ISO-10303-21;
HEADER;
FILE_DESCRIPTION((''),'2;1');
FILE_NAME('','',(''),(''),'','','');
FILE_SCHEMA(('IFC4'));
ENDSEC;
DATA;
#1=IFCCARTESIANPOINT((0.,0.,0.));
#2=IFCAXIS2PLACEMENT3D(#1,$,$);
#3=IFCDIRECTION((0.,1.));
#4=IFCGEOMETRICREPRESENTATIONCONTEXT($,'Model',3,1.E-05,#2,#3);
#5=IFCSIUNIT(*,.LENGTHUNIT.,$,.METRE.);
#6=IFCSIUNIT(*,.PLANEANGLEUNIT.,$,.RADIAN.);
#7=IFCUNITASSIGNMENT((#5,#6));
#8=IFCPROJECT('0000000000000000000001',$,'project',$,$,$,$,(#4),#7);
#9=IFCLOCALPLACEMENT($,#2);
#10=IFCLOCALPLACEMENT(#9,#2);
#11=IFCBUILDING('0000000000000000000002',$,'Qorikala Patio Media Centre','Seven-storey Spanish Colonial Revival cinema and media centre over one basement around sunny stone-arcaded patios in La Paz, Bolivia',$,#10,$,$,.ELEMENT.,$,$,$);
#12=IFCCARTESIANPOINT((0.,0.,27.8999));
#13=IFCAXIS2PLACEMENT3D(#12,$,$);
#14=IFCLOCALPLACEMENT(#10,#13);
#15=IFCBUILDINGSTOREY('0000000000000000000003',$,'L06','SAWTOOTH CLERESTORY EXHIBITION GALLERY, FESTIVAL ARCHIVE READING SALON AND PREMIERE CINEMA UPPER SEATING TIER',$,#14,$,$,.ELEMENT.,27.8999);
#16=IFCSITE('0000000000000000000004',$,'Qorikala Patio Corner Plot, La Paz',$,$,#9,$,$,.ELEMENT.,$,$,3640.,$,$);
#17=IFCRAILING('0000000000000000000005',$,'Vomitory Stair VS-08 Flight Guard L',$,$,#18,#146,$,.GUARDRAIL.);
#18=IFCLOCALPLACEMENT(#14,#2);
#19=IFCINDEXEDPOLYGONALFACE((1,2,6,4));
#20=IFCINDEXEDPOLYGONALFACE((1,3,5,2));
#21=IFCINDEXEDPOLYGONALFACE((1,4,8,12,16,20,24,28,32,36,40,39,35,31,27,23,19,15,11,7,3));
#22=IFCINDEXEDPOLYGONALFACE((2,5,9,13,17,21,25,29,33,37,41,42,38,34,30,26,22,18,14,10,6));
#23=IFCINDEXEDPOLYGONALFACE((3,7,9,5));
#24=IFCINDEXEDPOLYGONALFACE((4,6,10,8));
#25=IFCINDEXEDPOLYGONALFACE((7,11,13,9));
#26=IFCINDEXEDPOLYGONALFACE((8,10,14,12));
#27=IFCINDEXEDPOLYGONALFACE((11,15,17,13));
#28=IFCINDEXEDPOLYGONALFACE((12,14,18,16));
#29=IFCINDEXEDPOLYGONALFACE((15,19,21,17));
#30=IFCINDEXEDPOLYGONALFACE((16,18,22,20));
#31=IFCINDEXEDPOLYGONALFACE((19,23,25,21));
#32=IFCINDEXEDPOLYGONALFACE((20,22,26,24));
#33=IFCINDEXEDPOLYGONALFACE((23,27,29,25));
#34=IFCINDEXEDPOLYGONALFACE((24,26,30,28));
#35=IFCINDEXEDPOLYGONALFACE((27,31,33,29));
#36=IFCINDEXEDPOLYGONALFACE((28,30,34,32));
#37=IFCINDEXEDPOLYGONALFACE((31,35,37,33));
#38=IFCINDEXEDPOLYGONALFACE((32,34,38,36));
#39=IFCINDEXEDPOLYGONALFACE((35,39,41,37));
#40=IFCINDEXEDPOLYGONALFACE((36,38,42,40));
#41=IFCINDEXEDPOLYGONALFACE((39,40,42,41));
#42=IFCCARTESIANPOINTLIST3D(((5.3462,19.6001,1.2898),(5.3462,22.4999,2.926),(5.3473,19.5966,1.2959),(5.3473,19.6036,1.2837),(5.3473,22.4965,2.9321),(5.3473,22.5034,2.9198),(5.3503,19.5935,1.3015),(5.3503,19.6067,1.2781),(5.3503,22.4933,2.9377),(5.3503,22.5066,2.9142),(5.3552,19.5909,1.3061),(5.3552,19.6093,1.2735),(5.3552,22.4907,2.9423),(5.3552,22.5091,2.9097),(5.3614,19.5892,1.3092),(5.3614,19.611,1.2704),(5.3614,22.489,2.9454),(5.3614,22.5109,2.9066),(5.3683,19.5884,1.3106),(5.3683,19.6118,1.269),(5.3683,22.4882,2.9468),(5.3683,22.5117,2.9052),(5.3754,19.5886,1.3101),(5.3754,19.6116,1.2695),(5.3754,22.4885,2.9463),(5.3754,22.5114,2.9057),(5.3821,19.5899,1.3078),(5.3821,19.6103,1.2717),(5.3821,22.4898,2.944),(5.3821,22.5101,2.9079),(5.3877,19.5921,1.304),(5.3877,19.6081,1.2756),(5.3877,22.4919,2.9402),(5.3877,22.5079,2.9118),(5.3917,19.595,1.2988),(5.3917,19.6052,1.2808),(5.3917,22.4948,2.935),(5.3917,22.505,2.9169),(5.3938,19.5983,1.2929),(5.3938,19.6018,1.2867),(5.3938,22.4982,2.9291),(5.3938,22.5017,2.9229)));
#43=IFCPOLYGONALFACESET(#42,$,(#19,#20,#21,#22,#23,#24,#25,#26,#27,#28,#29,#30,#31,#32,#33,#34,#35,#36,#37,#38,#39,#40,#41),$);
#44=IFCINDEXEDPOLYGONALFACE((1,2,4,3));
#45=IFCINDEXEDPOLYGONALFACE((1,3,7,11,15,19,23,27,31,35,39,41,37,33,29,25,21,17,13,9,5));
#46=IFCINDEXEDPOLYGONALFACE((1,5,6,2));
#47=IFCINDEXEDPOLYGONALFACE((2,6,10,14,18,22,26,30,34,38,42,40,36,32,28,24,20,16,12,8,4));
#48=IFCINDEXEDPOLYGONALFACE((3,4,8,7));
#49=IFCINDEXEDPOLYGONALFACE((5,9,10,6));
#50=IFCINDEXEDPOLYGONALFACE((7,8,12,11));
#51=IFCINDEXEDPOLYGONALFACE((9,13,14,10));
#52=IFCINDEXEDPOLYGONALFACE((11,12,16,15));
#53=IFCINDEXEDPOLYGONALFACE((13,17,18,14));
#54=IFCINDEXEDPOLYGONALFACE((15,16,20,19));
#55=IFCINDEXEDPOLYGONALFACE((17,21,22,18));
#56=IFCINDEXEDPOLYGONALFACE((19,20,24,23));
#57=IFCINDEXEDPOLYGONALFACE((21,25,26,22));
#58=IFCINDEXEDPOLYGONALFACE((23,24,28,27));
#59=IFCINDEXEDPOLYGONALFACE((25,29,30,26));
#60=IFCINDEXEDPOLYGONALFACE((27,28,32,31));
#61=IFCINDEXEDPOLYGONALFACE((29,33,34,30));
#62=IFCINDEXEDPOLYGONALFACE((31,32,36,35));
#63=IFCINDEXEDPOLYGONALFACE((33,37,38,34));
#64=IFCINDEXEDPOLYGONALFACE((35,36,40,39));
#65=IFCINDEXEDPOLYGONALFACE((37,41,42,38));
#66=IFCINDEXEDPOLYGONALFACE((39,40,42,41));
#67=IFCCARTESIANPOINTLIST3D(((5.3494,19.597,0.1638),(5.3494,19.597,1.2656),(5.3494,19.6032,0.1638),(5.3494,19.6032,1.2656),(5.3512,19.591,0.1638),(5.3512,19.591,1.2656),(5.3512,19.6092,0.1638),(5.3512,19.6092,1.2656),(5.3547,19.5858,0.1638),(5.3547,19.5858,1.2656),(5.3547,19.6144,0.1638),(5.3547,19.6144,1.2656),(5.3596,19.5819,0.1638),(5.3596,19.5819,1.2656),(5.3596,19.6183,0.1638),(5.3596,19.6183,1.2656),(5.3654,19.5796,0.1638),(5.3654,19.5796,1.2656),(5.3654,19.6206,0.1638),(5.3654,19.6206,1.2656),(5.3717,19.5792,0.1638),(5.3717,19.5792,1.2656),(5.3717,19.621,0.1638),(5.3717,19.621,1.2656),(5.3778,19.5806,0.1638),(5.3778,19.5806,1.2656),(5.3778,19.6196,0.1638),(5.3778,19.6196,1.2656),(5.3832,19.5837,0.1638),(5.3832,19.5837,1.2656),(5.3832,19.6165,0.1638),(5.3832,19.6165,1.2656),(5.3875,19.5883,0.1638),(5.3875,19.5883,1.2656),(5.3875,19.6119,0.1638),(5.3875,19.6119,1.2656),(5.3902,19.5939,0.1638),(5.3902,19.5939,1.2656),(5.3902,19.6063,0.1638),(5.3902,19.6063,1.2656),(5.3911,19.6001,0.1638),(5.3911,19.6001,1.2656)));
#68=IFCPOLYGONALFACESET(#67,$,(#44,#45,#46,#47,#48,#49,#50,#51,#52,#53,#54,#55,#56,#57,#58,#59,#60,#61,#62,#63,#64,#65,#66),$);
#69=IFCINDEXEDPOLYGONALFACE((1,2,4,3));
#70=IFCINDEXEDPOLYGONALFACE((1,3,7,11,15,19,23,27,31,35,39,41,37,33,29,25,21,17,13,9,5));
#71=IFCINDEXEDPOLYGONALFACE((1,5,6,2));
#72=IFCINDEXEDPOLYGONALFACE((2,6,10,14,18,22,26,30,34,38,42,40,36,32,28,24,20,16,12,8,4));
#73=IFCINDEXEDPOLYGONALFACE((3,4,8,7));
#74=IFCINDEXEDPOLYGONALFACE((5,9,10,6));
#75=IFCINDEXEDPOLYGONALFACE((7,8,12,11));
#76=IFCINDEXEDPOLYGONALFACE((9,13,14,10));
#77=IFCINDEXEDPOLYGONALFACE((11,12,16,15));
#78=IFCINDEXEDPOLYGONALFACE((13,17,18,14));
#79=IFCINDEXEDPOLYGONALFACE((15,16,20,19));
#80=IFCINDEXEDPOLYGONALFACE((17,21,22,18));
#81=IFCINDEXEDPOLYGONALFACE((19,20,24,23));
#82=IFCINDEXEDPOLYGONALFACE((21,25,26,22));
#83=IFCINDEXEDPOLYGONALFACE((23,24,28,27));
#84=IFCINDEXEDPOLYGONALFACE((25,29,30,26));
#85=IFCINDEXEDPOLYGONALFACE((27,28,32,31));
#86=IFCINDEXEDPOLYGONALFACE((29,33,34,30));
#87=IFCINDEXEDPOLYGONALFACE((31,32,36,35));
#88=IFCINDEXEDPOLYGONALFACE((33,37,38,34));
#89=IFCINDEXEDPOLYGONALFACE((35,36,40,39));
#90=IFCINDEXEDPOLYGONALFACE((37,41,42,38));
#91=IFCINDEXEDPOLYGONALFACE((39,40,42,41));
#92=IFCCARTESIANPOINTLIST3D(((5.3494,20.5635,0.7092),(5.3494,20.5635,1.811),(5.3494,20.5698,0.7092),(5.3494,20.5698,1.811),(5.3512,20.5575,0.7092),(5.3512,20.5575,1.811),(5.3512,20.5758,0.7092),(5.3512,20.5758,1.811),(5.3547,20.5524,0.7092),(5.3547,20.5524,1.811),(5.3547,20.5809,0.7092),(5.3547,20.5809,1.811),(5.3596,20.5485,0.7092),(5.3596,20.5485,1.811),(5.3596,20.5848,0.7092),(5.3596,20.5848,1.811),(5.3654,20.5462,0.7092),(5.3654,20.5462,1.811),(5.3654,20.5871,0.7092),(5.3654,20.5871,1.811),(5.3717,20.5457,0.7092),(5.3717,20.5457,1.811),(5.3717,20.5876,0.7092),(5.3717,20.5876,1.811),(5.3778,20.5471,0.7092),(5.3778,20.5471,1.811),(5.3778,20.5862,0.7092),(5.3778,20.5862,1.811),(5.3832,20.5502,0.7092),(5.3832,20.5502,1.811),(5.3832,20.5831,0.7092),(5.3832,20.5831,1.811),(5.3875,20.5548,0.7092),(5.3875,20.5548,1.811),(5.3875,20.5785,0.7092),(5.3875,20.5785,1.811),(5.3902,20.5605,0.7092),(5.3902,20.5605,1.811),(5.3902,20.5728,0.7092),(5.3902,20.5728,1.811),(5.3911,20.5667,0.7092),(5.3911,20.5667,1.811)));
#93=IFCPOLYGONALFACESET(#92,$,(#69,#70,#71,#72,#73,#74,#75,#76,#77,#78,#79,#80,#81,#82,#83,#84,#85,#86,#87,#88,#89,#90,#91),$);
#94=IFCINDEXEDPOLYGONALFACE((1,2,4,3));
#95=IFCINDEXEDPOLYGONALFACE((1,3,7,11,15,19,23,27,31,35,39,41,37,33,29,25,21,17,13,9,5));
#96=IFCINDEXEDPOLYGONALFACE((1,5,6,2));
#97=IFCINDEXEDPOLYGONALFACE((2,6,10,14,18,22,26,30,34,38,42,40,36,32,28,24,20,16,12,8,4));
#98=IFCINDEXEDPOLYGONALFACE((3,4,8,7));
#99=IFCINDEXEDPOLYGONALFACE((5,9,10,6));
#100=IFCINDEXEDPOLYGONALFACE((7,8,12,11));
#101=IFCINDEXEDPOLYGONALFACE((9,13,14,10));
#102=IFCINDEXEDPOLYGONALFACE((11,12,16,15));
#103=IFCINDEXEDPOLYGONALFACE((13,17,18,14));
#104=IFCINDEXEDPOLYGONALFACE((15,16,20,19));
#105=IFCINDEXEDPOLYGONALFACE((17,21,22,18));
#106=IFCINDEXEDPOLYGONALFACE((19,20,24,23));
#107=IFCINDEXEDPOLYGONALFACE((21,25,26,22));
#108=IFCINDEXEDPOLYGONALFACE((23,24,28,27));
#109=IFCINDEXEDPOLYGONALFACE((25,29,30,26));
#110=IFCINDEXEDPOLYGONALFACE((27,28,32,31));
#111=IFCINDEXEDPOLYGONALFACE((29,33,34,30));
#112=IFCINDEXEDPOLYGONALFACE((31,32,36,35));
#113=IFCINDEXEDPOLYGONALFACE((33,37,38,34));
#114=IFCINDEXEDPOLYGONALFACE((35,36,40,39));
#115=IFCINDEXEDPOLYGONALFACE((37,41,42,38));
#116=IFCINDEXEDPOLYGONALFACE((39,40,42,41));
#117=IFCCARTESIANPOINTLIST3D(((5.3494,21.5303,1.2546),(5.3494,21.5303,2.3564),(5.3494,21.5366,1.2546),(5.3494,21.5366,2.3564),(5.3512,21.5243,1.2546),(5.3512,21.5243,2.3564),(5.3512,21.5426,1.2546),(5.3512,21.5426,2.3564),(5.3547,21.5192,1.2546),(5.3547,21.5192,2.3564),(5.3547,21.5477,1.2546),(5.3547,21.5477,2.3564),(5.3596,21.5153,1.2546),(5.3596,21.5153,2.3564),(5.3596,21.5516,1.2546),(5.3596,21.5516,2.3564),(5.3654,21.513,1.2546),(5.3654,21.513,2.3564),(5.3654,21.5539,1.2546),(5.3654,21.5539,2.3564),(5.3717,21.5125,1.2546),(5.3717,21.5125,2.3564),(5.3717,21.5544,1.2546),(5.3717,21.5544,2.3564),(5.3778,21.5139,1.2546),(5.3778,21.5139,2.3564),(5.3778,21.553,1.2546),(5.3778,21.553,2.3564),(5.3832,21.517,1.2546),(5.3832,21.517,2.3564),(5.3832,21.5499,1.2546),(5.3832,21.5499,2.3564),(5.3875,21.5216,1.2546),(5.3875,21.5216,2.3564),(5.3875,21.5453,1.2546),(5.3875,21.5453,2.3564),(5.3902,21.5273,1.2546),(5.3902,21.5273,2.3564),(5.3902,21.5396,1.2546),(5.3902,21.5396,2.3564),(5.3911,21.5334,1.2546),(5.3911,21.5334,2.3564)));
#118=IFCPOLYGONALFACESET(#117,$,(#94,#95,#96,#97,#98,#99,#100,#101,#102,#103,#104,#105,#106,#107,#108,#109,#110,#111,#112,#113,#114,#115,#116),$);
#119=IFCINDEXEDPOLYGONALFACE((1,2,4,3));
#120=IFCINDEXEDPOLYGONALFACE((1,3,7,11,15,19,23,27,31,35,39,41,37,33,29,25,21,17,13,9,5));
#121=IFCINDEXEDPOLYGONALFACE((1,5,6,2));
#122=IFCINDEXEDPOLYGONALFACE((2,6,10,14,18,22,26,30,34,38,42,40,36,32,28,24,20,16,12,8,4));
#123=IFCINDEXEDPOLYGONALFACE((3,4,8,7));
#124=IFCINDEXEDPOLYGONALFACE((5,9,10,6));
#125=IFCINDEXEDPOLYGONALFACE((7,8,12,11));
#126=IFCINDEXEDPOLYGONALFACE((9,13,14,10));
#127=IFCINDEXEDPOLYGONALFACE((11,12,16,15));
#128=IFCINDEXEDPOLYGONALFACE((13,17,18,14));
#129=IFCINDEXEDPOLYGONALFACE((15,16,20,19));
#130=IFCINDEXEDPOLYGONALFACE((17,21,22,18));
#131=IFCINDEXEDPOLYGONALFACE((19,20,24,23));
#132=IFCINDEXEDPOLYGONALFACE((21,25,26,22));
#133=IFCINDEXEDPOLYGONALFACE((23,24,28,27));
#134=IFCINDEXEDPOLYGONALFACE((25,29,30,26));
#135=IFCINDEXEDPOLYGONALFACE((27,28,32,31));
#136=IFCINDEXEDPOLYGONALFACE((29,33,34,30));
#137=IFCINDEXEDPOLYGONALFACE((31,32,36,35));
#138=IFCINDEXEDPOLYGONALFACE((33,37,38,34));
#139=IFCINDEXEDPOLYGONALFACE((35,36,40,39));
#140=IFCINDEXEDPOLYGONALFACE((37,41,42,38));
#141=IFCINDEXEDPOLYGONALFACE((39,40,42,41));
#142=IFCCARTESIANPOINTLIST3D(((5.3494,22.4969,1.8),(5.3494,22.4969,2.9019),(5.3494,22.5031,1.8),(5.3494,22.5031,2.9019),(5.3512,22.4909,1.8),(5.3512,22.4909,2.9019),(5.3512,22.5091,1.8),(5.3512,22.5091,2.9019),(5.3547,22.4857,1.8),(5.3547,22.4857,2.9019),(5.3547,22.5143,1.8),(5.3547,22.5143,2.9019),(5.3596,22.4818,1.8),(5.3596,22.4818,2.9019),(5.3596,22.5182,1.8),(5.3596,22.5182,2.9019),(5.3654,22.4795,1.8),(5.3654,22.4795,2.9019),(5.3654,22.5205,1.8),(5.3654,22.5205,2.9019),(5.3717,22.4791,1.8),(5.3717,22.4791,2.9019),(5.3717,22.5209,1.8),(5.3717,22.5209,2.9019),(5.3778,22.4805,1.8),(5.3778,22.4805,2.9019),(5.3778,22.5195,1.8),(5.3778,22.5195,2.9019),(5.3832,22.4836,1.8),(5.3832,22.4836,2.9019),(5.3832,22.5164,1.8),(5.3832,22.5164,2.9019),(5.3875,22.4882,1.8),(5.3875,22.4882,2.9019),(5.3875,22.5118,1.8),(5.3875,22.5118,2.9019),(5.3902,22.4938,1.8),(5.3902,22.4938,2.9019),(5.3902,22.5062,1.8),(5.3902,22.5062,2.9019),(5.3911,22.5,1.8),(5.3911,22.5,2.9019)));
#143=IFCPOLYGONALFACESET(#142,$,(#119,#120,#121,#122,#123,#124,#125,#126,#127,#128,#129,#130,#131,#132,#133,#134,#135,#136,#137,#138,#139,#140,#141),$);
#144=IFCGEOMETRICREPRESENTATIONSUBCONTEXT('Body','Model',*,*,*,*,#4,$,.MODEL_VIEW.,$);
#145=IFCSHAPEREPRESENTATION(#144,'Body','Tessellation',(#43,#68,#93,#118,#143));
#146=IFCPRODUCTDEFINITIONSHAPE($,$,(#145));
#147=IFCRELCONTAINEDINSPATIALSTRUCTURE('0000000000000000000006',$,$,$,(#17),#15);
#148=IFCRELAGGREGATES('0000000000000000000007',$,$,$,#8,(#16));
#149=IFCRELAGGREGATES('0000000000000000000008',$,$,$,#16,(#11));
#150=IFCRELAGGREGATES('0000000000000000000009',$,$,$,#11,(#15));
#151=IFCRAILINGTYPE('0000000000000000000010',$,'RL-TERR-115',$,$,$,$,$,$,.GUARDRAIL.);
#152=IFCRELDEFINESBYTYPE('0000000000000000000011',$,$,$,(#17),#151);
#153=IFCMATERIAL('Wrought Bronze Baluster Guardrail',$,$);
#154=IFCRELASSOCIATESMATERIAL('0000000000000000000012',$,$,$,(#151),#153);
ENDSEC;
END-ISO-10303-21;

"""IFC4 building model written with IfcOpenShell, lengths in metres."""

from ifc_helpers import new_model, si_unit, direction, frame, origin, origin_2d, place, context, subcontext, project, spatial, circle, extrude, material, type_object, element, save


model = new_model("IFC4")

# Units and contexts
model_context = context("Model", 3, precision=1e-05, world=origin(), true_north=direction((0.0, 1.0)))
body_context = subcontext(model_context, "Body", "Model", "MODEL_VIEW")
ifc_project = project(units=[si_unit("LENGTHUNIT", "METRE"), si_unit("PLANEANGLEUNIT", "RADIAN")], contexts=[model_context])

# Site, building, storey
site_placement = place(None, origin())
site = spatial("IfcSite", under=ifc_project, at=site_placement, Name="Qorikala Patio Corner Plot, La Paz", CompositionType="ELEMENT", RefElevation=3640.0)
building_placement = place(site_placement, origin())
building = spatial("IfcBuilding", under=site, at=building_placement, Name="Qorikala Patio Media Centre", Description="Seven-storey Spanish Colonial Revival cinema and media centre over one basement around sunny stone-arcaded patios in La Paz, Bolivia", CompositionType="ELEMENT")
storey_placement = place(building_placement, frame((0.0, 0.0, 27.8999)))
storey = spatial("IfcBuildingStorey", under=building, at=storey_placement, Name="L06", Description="SAWTOOTH CLERESTORY EXHIBITION GALLERY, FESTIVAL ARCHIVE READING SALON AND PREMIERE CINEMA UPPER SEATING TIER", CompositionType="ELEMENT", Elevation=27.8999)

# Railing
ifc_material_1 = material(Name="Wrought Bronze Baluster Guardrail")
railing_type = type_object("IfcRailingType", Name="RL-TERR-115", PredefinedType="GUARDRAIL", material=ifc_material_1)
for number, where, name in (
    (1, (5.3701, 19.6001, 0.1638), "Vomitory Stair VS-08 Flight Guard L"),
):
    element("IfcRailing", number, at=place(storey_placement, frame(where)), inside=storey, type_object=railing_type, Name=name, PredefinedType="GUARDRAIL", context=body_context, shape_type="SweptSolid", body=[
        extrude(circle(Radius=0.0239, at=origin_2d()), frame((0.0, 0.0, 1.126), z_axis=(0.0, 0.870929, 0.49141), x_axis=(-1.0, 0.0, 0.0)), (0.0, 0.0, 1.0), 3.3296),
        extrude(circle(Radius=0.021, at=origin_2d()), origin(), (0.0, 0.0, 1.0), 1.1018),
        extrude(circle(Radius=0.021, at=origin_2d()), frame((0.0, 0.9666, 0.5454)), (0.0, 0.0, 1.0), 1.1018),
        extrude(circle(Radius=0.021, at=origin_2d()), frame((0.0, 1.9333, 1.0908)), (0.0, 0.0, 1.0), 1.1018),
        extrude(circle(Radius=0.021, at=origin_2d()), frame((0.0, 2.8999, 1.6362)), (0.0, 0.0, 1.0), 1.1018),
    ])

save(model, "model.ifc")
